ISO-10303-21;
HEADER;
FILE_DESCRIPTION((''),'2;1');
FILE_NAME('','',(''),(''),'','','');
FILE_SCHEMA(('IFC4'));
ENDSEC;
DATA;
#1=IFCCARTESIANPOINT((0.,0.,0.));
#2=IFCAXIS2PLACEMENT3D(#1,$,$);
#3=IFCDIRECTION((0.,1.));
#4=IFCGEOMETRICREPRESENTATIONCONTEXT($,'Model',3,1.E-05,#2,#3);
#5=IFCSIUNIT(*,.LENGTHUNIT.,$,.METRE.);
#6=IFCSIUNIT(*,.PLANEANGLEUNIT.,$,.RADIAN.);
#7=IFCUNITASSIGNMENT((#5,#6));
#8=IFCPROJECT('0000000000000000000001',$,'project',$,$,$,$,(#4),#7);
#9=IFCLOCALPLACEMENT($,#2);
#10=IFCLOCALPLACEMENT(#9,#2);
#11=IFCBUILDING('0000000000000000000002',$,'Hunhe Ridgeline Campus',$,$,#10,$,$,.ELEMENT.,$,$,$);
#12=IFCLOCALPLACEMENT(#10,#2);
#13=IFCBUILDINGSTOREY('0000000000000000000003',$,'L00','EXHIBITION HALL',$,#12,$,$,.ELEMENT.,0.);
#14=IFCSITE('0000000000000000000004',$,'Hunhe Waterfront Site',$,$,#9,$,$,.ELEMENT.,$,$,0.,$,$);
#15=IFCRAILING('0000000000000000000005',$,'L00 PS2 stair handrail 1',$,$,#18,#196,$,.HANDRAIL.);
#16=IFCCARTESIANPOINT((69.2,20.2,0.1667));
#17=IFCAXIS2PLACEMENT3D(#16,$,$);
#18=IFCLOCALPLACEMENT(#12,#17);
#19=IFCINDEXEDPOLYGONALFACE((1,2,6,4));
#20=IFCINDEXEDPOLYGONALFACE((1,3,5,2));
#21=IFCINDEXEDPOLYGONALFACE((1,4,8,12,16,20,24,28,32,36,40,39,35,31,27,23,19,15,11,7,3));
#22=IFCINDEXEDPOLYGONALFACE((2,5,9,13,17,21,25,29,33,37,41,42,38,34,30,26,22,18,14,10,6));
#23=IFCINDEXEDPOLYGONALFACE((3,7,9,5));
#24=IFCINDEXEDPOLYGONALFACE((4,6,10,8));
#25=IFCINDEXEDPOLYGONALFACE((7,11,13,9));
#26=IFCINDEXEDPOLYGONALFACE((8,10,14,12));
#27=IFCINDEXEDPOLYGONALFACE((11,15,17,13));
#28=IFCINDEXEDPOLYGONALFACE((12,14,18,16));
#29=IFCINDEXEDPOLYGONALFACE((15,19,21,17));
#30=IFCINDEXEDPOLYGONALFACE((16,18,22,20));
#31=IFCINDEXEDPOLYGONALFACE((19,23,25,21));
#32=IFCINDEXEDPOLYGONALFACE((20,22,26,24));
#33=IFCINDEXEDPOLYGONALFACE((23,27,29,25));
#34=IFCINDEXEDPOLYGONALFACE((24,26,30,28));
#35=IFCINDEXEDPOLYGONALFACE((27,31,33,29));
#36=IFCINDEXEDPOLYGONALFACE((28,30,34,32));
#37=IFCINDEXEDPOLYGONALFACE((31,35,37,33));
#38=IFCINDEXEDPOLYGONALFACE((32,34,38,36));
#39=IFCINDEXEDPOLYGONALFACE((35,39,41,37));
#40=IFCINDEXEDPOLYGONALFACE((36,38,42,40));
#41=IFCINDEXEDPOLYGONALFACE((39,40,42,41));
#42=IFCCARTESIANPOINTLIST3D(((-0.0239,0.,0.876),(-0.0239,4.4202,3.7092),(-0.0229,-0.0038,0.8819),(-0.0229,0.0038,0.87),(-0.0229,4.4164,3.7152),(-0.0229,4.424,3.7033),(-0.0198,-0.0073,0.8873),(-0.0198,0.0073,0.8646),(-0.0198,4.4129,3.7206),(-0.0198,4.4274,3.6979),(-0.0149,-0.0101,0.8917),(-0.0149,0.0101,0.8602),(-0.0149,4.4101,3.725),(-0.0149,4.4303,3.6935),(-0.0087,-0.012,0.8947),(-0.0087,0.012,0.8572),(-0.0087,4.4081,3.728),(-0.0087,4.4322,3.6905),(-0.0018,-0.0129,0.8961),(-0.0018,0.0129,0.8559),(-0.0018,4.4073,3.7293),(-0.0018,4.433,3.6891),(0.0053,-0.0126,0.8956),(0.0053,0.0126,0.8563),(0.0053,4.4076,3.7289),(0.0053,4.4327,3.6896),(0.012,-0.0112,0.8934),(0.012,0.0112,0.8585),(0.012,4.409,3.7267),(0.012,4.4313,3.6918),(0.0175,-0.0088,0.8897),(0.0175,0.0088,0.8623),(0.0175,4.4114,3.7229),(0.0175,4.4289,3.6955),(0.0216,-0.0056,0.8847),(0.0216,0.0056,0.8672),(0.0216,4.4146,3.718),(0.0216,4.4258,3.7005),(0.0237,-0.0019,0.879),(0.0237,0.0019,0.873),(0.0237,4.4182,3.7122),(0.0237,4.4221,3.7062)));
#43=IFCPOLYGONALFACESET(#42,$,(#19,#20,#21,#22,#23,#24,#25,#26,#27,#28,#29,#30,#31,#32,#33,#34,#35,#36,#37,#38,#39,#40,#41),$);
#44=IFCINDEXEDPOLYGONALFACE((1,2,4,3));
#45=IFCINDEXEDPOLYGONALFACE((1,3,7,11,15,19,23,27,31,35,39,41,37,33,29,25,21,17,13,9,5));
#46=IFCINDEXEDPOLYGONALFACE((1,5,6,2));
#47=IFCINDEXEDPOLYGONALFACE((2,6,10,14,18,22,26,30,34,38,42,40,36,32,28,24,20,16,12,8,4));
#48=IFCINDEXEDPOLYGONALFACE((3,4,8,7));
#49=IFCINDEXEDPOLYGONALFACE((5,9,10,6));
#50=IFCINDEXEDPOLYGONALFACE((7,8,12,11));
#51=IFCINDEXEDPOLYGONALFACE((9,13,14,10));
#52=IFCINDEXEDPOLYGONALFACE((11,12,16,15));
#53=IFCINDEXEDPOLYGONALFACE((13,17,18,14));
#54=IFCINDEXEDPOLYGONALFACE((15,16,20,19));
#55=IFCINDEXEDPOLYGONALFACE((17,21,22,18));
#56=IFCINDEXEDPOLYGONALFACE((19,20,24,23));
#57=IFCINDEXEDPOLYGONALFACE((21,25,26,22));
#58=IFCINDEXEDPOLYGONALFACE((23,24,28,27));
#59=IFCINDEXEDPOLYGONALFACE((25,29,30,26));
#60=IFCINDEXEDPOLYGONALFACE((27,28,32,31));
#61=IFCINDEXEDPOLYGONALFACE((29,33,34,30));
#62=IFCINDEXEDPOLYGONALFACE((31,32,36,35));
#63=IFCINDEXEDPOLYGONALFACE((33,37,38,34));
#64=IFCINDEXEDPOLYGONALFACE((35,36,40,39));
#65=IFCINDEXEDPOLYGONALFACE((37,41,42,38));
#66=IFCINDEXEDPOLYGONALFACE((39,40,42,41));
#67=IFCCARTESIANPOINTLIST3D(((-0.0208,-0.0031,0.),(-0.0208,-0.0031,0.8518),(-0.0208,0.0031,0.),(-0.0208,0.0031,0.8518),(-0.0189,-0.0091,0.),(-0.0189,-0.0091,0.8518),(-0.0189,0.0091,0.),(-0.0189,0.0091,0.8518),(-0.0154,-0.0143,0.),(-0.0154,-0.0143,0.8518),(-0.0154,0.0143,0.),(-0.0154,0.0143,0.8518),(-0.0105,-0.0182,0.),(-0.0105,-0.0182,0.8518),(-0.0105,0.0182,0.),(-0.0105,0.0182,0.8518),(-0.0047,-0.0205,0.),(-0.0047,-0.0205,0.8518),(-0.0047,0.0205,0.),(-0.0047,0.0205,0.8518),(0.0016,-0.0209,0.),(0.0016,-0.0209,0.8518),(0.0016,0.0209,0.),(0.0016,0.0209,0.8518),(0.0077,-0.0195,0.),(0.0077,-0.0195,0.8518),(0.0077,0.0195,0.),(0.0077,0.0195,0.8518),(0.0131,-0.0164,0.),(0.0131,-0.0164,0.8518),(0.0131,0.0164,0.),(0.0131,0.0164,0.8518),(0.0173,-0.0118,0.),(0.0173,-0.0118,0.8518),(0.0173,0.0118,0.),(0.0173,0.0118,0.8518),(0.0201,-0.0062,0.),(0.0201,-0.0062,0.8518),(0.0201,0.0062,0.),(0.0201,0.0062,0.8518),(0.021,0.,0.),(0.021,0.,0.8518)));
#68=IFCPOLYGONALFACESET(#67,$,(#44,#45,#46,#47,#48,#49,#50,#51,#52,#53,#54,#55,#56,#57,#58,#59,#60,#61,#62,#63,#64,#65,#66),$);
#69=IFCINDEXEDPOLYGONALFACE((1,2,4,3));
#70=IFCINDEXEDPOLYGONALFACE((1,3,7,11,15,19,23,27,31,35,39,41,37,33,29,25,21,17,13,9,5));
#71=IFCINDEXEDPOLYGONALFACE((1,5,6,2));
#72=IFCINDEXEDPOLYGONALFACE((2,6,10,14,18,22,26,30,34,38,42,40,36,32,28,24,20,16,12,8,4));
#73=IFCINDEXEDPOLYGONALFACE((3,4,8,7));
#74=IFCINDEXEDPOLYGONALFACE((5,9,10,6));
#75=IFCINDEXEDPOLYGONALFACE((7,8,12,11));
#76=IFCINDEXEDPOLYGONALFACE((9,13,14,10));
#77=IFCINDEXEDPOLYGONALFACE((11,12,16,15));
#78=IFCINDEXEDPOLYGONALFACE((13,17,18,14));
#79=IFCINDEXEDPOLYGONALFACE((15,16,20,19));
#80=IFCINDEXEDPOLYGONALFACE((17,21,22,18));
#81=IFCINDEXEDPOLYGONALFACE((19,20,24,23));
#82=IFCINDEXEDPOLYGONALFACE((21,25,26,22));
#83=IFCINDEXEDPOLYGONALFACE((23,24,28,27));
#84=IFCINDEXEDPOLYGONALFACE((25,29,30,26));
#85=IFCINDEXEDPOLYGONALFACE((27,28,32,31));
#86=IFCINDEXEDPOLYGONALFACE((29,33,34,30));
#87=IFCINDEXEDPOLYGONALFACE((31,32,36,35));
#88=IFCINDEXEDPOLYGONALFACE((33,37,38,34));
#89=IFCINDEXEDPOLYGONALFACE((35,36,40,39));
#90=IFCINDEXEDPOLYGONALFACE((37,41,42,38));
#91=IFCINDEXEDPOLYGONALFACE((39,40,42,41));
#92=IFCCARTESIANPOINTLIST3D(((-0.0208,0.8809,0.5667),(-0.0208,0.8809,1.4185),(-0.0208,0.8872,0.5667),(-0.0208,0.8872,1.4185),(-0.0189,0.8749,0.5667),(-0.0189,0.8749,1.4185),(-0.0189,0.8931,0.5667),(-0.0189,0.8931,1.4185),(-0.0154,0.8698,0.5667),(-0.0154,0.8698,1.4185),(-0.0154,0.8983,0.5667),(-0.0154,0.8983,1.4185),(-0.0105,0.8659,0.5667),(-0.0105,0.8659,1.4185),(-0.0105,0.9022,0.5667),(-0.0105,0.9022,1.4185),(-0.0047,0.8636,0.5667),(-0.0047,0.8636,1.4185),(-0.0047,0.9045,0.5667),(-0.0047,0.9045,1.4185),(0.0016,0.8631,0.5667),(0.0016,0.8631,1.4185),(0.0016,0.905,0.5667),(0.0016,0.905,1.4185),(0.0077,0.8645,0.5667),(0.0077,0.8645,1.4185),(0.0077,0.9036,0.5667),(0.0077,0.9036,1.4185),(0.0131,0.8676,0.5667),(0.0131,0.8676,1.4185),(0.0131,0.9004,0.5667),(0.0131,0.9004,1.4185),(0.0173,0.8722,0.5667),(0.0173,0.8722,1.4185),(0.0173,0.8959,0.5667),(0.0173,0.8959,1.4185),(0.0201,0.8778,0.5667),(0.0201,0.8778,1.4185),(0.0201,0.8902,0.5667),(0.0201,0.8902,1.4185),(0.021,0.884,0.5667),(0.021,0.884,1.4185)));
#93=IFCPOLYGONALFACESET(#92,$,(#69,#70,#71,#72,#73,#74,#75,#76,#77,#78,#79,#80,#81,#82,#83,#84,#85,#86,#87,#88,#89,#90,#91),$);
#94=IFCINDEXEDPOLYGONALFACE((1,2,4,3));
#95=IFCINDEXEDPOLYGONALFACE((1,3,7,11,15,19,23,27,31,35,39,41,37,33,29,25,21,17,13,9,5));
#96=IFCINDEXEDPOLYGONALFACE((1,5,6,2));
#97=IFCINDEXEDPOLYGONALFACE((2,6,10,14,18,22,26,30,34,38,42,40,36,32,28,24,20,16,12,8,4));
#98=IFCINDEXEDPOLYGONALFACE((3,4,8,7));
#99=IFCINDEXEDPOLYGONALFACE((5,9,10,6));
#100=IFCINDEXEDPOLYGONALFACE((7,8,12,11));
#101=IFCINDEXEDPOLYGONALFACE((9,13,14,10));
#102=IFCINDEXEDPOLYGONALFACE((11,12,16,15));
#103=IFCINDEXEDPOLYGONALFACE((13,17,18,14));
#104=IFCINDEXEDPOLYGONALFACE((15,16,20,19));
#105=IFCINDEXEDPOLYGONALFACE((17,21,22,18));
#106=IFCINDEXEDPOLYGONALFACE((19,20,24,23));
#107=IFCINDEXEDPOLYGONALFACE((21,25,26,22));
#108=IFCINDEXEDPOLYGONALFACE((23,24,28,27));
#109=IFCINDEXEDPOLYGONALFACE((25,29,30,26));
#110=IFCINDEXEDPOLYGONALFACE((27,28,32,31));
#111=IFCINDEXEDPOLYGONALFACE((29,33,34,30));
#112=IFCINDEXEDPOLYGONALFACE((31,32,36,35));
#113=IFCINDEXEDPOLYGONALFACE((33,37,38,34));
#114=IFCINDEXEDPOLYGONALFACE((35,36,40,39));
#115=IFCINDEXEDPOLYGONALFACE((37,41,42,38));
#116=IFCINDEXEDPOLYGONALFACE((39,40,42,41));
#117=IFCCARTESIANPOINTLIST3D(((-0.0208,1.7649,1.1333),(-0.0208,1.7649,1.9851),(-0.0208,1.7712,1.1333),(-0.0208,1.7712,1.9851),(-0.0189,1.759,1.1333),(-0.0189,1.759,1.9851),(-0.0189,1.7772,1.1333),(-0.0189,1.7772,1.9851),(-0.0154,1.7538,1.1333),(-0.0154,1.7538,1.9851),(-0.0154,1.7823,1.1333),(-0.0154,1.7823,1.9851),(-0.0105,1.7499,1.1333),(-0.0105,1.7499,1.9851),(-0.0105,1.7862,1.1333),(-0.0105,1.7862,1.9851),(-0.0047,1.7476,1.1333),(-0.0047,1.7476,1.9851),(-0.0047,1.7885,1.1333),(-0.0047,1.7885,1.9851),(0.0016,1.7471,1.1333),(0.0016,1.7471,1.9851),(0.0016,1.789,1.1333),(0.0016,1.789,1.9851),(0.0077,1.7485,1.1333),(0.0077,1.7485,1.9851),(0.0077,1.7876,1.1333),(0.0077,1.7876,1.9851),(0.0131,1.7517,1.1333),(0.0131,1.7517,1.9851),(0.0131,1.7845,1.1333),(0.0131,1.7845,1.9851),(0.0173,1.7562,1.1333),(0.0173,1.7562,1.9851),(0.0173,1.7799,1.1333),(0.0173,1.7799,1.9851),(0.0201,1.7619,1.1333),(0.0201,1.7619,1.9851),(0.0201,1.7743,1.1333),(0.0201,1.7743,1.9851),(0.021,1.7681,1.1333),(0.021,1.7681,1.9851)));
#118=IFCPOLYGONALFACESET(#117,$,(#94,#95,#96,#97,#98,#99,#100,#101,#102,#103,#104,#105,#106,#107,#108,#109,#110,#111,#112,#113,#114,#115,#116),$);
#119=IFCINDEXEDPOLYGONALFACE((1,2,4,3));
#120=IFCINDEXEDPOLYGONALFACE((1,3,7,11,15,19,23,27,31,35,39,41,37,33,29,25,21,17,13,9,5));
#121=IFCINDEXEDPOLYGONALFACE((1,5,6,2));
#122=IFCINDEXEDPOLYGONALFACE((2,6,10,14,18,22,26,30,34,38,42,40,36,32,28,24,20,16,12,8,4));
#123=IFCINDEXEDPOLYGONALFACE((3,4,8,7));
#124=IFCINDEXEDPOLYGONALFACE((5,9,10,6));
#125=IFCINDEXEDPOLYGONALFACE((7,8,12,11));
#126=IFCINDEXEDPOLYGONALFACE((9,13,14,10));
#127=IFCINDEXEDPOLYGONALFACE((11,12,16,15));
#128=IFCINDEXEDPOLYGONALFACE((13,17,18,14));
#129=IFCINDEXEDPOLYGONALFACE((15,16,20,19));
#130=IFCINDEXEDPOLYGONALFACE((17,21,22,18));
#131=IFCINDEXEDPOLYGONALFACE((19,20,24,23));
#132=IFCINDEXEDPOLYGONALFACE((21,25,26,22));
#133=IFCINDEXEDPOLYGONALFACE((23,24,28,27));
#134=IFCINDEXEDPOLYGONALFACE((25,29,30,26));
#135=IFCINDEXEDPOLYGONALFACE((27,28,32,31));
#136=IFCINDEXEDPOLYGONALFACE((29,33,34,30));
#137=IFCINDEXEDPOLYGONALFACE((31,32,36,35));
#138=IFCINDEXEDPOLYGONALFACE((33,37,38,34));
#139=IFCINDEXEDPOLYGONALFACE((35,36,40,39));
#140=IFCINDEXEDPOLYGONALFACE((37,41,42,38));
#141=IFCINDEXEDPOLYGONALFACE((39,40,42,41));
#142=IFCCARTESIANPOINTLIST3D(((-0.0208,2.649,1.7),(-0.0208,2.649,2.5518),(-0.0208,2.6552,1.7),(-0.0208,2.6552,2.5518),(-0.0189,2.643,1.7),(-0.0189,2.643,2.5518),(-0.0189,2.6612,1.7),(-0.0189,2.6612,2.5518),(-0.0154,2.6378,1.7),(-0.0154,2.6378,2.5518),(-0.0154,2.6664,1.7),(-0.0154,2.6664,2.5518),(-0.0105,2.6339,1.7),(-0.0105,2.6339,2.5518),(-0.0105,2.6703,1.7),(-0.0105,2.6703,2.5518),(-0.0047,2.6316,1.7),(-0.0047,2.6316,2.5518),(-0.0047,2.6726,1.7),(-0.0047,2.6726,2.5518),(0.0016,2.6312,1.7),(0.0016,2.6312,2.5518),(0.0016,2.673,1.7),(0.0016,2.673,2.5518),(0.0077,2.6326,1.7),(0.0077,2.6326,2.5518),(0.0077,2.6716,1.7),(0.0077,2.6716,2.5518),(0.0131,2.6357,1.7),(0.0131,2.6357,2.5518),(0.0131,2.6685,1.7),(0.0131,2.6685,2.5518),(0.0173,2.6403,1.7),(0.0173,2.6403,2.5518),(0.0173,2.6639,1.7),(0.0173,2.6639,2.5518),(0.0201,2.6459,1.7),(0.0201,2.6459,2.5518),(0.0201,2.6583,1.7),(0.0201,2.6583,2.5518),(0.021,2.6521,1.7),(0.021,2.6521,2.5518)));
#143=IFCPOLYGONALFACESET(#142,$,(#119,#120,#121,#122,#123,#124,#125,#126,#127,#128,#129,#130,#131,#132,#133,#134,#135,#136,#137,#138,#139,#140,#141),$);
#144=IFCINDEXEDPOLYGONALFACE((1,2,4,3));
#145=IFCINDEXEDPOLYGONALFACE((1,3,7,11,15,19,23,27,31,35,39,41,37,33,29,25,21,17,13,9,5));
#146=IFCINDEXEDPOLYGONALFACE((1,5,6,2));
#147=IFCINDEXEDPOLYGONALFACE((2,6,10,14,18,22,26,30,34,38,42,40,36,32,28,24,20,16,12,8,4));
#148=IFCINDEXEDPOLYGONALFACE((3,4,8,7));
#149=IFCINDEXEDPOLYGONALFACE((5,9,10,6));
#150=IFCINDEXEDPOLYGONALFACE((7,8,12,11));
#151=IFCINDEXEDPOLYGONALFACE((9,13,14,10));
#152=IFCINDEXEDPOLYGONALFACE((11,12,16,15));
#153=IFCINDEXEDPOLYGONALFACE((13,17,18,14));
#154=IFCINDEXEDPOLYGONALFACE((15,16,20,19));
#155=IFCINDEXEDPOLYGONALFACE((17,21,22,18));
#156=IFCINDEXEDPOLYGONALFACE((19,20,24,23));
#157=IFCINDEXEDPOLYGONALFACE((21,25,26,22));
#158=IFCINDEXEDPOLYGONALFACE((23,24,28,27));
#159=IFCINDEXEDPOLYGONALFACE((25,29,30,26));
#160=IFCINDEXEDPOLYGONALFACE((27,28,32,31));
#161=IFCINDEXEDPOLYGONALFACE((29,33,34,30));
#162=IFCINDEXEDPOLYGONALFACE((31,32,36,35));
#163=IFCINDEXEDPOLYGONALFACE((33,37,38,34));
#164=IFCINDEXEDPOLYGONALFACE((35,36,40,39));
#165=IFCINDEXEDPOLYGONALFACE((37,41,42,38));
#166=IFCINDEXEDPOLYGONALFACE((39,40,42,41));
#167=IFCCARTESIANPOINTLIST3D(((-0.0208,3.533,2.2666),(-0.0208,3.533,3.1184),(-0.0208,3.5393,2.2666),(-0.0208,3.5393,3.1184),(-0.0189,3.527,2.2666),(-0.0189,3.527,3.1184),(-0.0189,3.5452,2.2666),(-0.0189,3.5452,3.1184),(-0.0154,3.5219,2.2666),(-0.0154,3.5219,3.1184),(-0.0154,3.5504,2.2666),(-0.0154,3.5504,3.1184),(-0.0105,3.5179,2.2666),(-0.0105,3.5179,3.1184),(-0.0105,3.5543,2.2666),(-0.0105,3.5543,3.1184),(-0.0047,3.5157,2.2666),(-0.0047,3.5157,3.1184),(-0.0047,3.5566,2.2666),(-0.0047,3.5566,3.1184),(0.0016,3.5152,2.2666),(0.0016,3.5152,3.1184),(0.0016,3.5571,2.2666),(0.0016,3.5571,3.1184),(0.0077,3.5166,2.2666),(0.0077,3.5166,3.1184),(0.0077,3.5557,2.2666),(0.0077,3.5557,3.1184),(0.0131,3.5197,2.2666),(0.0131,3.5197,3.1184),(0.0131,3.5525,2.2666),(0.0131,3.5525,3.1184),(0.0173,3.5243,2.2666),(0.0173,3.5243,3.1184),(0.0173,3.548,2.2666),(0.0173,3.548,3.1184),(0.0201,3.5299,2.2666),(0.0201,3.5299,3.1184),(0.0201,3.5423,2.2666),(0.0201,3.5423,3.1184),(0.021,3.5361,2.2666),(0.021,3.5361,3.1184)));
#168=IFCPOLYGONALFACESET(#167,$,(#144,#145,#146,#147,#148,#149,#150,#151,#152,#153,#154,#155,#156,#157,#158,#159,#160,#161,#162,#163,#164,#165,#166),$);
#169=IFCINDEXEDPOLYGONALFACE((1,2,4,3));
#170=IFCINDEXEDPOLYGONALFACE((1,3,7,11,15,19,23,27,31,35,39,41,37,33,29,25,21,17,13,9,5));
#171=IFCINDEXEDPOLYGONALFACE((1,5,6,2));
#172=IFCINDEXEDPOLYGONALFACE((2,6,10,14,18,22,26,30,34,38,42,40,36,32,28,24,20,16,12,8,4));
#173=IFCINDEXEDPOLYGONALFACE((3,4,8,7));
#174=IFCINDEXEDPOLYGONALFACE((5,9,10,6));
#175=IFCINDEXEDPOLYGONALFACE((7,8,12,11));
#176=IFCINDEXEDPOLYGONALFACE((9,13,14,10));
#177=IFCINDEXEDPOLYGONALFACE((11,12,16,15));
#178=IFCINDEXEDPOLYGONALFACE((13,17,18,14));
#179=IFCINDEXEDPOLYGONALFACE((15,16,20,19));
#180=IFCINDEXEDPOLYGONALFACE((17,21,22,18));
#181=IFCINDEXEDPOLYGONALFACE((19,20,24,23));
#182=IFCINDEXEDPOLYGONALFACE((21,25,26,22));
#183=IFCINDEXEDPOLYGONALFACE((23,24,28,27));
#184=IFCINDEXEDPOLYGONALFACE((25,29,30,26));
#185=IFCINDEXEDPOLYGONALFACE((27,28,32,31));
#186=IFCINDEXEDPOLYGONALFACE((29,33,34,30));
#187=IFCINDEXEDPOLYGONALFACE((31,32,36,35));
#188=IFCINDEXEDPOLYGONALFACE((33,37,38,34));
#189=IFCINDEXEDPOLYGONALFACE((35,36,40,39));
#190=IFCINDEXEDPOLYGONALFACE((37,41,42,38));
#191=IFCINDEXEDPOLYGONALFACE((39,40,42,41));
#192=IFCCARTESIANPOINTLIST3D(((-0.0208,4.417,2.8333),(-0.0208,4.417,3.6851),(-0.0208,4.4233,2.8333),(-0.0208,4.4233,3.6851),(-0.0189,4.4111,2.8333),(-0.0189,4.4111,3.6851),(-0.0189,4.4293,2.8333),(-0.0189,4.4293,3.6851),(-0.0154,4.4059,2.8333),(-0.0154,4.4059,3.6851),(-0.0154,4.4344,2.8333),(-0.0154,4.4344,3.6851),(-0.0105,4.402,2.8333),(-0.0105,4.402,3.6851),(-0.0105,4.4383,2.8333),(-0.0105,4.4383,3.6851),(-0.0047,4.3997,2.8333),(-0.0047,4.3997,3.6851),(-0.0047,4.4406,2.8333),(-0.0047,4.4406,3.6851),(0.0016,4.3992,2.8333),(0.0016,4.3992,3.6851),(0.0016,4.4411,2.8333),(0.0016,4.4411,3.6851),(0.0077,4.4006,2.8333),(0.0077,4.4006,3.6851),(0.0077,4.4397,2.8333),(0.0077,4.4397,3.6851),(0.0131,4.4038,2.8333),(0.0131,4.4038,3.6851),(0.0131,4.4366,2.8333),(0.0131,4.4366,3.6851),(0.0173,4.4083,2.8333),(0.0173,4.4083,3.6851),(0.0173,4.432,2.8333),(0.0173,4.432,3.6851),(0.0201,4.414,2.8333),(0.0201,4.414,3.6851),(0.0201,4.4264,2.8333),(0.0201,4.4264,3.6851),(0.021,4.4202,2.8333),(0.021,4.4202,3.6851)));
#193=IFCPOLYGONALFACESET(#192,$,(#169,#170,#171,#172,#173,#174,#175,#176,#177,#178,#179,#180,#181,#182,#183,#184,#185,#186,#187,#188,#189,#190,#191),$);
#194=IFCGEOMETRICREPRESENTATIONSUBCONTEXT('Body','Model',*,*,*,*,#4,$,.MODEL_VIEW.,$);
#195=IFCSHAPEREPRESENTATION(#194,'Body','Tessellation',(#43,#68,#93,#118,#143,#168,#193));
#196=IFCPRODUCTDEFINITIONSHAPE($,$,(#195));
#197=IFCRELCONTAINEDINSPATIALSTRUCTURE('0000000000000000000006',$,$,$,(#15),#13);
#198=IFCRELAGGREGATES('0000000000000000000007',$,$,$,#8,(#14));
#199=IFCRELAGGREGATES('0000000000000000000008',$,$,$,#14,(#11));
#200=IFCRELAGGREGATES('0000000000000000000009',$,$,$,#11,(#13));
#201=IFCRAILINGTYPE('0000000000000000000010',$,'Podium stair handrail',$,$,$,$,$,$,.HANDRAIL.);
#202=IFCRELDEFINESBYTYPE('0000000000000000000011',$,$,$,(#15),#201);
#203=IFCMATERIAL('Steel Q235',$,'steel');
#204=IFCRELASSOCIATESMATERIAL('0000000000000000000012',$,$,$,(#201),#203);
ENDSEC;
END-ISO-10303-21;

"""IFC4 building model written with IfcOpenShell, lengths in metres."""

from ifc_helpers import new_model, si_unit, direction, frame, origin, origin_2d, place, context, subcontext, project, spatial, circle, extrude, material, type_object, element, save


model = new_model("IFC4")

# Units and contexts
model_context = context("Model", 3, precision=1e-05, world=origin(), true_north=direction((0.0, 1.0)))
body_context = subcontext(model_context, "Body", "Model", "MODEL_VIEW")
ifc_project = project(units=[si_unit("LENGTHUNIT", "METRE"), si_unit("PLANEANGLEUNIT", "RADIAN")], contexts=[model_context])

# Site, building, storey
site_placement = place(None, origin())
site = spatial("IfcSite", under=ifc_project, at=site_placement, Name="Hunhe Waterfront Site", CompositionType="ELEMENT", RefElevation=0.0)
building_placement = place(site_placement, origin())
building = spatial("IfcBuilding", under=site, at=building_placement, Name="Hunhe Ridgeline Campus", CompositionType="ELEMENT")
storey_placement = place(building_placement, origin())
storey = spatial("IfcBuildingStorey", under=building, at=storey_placement, Name="L00", Description="EXHIBITION HALL", CompositionType="ELEMENT", Elevation=0.0)

# Shared definitions
ifc_material_1 = material(Name="Steel Q235", Category="steel")

# Railing
railing_type_1 = type_object("IfcRailingType", Name="Podium stair handrail", PredefinedType="HANDRAIL", material=ifc_material_1)
railing_1_placement = place(storey_placement, frame((69.2, 20.2, 0.1667)))
element("IfcRailing", 1, at=railing_1_placement, inside=storey, type_object=railing_type_1, Name="L00 PS2 stair handrail 1", PredefinedType="HANDRAIL", context=body_context, shape_type="SweptSolid", body=[
    extrude(circle(Radius=0.0239, at=origin_2d()), frame((0.0, 0.0, 0.876), z_axis=(0.0, 0.841895, 0.539641), x_axis=(-1.0, 0.0, 0.0)), (0.0, 0.0, 1.0), 5.2502),
    extrude(circle(Radius=0.021, at=origin_2d()), origin(), (0.0, 0.0, 1.0), 0.8518),
    extrude(circle(Radius=0.021, at=origin_2d()), frame((0.0, 0.884, 0.5667)), (0.0, 0.0, 1.0), 0.8518),
    extrude(circle(Radius=0.021, at=origin_2d()), frame((0.0, 1.7681, 1.1333)), (0.0, 0.0, 1.0), 0.8518),
    extrude(circle(Radius=0.021, at=origin_2d()), frame((0.0, 2.6521, 1.7)), (0.0, 0.0, 1.0), 0.8518),
    extrude(circle(Radius=0.021, at=origin_2d()), frame((0.0, 3.5361, 2.2666)), (0.0, 0.0, 1.0), 0.8518),
    extrude(circle(Radius=0.021, at=origin_2d()), frame((0.0, 4.4202, 2.8333)), (0.0, 0.0, 1.0), 0.8518),
])

save(model, "model.ifc")
